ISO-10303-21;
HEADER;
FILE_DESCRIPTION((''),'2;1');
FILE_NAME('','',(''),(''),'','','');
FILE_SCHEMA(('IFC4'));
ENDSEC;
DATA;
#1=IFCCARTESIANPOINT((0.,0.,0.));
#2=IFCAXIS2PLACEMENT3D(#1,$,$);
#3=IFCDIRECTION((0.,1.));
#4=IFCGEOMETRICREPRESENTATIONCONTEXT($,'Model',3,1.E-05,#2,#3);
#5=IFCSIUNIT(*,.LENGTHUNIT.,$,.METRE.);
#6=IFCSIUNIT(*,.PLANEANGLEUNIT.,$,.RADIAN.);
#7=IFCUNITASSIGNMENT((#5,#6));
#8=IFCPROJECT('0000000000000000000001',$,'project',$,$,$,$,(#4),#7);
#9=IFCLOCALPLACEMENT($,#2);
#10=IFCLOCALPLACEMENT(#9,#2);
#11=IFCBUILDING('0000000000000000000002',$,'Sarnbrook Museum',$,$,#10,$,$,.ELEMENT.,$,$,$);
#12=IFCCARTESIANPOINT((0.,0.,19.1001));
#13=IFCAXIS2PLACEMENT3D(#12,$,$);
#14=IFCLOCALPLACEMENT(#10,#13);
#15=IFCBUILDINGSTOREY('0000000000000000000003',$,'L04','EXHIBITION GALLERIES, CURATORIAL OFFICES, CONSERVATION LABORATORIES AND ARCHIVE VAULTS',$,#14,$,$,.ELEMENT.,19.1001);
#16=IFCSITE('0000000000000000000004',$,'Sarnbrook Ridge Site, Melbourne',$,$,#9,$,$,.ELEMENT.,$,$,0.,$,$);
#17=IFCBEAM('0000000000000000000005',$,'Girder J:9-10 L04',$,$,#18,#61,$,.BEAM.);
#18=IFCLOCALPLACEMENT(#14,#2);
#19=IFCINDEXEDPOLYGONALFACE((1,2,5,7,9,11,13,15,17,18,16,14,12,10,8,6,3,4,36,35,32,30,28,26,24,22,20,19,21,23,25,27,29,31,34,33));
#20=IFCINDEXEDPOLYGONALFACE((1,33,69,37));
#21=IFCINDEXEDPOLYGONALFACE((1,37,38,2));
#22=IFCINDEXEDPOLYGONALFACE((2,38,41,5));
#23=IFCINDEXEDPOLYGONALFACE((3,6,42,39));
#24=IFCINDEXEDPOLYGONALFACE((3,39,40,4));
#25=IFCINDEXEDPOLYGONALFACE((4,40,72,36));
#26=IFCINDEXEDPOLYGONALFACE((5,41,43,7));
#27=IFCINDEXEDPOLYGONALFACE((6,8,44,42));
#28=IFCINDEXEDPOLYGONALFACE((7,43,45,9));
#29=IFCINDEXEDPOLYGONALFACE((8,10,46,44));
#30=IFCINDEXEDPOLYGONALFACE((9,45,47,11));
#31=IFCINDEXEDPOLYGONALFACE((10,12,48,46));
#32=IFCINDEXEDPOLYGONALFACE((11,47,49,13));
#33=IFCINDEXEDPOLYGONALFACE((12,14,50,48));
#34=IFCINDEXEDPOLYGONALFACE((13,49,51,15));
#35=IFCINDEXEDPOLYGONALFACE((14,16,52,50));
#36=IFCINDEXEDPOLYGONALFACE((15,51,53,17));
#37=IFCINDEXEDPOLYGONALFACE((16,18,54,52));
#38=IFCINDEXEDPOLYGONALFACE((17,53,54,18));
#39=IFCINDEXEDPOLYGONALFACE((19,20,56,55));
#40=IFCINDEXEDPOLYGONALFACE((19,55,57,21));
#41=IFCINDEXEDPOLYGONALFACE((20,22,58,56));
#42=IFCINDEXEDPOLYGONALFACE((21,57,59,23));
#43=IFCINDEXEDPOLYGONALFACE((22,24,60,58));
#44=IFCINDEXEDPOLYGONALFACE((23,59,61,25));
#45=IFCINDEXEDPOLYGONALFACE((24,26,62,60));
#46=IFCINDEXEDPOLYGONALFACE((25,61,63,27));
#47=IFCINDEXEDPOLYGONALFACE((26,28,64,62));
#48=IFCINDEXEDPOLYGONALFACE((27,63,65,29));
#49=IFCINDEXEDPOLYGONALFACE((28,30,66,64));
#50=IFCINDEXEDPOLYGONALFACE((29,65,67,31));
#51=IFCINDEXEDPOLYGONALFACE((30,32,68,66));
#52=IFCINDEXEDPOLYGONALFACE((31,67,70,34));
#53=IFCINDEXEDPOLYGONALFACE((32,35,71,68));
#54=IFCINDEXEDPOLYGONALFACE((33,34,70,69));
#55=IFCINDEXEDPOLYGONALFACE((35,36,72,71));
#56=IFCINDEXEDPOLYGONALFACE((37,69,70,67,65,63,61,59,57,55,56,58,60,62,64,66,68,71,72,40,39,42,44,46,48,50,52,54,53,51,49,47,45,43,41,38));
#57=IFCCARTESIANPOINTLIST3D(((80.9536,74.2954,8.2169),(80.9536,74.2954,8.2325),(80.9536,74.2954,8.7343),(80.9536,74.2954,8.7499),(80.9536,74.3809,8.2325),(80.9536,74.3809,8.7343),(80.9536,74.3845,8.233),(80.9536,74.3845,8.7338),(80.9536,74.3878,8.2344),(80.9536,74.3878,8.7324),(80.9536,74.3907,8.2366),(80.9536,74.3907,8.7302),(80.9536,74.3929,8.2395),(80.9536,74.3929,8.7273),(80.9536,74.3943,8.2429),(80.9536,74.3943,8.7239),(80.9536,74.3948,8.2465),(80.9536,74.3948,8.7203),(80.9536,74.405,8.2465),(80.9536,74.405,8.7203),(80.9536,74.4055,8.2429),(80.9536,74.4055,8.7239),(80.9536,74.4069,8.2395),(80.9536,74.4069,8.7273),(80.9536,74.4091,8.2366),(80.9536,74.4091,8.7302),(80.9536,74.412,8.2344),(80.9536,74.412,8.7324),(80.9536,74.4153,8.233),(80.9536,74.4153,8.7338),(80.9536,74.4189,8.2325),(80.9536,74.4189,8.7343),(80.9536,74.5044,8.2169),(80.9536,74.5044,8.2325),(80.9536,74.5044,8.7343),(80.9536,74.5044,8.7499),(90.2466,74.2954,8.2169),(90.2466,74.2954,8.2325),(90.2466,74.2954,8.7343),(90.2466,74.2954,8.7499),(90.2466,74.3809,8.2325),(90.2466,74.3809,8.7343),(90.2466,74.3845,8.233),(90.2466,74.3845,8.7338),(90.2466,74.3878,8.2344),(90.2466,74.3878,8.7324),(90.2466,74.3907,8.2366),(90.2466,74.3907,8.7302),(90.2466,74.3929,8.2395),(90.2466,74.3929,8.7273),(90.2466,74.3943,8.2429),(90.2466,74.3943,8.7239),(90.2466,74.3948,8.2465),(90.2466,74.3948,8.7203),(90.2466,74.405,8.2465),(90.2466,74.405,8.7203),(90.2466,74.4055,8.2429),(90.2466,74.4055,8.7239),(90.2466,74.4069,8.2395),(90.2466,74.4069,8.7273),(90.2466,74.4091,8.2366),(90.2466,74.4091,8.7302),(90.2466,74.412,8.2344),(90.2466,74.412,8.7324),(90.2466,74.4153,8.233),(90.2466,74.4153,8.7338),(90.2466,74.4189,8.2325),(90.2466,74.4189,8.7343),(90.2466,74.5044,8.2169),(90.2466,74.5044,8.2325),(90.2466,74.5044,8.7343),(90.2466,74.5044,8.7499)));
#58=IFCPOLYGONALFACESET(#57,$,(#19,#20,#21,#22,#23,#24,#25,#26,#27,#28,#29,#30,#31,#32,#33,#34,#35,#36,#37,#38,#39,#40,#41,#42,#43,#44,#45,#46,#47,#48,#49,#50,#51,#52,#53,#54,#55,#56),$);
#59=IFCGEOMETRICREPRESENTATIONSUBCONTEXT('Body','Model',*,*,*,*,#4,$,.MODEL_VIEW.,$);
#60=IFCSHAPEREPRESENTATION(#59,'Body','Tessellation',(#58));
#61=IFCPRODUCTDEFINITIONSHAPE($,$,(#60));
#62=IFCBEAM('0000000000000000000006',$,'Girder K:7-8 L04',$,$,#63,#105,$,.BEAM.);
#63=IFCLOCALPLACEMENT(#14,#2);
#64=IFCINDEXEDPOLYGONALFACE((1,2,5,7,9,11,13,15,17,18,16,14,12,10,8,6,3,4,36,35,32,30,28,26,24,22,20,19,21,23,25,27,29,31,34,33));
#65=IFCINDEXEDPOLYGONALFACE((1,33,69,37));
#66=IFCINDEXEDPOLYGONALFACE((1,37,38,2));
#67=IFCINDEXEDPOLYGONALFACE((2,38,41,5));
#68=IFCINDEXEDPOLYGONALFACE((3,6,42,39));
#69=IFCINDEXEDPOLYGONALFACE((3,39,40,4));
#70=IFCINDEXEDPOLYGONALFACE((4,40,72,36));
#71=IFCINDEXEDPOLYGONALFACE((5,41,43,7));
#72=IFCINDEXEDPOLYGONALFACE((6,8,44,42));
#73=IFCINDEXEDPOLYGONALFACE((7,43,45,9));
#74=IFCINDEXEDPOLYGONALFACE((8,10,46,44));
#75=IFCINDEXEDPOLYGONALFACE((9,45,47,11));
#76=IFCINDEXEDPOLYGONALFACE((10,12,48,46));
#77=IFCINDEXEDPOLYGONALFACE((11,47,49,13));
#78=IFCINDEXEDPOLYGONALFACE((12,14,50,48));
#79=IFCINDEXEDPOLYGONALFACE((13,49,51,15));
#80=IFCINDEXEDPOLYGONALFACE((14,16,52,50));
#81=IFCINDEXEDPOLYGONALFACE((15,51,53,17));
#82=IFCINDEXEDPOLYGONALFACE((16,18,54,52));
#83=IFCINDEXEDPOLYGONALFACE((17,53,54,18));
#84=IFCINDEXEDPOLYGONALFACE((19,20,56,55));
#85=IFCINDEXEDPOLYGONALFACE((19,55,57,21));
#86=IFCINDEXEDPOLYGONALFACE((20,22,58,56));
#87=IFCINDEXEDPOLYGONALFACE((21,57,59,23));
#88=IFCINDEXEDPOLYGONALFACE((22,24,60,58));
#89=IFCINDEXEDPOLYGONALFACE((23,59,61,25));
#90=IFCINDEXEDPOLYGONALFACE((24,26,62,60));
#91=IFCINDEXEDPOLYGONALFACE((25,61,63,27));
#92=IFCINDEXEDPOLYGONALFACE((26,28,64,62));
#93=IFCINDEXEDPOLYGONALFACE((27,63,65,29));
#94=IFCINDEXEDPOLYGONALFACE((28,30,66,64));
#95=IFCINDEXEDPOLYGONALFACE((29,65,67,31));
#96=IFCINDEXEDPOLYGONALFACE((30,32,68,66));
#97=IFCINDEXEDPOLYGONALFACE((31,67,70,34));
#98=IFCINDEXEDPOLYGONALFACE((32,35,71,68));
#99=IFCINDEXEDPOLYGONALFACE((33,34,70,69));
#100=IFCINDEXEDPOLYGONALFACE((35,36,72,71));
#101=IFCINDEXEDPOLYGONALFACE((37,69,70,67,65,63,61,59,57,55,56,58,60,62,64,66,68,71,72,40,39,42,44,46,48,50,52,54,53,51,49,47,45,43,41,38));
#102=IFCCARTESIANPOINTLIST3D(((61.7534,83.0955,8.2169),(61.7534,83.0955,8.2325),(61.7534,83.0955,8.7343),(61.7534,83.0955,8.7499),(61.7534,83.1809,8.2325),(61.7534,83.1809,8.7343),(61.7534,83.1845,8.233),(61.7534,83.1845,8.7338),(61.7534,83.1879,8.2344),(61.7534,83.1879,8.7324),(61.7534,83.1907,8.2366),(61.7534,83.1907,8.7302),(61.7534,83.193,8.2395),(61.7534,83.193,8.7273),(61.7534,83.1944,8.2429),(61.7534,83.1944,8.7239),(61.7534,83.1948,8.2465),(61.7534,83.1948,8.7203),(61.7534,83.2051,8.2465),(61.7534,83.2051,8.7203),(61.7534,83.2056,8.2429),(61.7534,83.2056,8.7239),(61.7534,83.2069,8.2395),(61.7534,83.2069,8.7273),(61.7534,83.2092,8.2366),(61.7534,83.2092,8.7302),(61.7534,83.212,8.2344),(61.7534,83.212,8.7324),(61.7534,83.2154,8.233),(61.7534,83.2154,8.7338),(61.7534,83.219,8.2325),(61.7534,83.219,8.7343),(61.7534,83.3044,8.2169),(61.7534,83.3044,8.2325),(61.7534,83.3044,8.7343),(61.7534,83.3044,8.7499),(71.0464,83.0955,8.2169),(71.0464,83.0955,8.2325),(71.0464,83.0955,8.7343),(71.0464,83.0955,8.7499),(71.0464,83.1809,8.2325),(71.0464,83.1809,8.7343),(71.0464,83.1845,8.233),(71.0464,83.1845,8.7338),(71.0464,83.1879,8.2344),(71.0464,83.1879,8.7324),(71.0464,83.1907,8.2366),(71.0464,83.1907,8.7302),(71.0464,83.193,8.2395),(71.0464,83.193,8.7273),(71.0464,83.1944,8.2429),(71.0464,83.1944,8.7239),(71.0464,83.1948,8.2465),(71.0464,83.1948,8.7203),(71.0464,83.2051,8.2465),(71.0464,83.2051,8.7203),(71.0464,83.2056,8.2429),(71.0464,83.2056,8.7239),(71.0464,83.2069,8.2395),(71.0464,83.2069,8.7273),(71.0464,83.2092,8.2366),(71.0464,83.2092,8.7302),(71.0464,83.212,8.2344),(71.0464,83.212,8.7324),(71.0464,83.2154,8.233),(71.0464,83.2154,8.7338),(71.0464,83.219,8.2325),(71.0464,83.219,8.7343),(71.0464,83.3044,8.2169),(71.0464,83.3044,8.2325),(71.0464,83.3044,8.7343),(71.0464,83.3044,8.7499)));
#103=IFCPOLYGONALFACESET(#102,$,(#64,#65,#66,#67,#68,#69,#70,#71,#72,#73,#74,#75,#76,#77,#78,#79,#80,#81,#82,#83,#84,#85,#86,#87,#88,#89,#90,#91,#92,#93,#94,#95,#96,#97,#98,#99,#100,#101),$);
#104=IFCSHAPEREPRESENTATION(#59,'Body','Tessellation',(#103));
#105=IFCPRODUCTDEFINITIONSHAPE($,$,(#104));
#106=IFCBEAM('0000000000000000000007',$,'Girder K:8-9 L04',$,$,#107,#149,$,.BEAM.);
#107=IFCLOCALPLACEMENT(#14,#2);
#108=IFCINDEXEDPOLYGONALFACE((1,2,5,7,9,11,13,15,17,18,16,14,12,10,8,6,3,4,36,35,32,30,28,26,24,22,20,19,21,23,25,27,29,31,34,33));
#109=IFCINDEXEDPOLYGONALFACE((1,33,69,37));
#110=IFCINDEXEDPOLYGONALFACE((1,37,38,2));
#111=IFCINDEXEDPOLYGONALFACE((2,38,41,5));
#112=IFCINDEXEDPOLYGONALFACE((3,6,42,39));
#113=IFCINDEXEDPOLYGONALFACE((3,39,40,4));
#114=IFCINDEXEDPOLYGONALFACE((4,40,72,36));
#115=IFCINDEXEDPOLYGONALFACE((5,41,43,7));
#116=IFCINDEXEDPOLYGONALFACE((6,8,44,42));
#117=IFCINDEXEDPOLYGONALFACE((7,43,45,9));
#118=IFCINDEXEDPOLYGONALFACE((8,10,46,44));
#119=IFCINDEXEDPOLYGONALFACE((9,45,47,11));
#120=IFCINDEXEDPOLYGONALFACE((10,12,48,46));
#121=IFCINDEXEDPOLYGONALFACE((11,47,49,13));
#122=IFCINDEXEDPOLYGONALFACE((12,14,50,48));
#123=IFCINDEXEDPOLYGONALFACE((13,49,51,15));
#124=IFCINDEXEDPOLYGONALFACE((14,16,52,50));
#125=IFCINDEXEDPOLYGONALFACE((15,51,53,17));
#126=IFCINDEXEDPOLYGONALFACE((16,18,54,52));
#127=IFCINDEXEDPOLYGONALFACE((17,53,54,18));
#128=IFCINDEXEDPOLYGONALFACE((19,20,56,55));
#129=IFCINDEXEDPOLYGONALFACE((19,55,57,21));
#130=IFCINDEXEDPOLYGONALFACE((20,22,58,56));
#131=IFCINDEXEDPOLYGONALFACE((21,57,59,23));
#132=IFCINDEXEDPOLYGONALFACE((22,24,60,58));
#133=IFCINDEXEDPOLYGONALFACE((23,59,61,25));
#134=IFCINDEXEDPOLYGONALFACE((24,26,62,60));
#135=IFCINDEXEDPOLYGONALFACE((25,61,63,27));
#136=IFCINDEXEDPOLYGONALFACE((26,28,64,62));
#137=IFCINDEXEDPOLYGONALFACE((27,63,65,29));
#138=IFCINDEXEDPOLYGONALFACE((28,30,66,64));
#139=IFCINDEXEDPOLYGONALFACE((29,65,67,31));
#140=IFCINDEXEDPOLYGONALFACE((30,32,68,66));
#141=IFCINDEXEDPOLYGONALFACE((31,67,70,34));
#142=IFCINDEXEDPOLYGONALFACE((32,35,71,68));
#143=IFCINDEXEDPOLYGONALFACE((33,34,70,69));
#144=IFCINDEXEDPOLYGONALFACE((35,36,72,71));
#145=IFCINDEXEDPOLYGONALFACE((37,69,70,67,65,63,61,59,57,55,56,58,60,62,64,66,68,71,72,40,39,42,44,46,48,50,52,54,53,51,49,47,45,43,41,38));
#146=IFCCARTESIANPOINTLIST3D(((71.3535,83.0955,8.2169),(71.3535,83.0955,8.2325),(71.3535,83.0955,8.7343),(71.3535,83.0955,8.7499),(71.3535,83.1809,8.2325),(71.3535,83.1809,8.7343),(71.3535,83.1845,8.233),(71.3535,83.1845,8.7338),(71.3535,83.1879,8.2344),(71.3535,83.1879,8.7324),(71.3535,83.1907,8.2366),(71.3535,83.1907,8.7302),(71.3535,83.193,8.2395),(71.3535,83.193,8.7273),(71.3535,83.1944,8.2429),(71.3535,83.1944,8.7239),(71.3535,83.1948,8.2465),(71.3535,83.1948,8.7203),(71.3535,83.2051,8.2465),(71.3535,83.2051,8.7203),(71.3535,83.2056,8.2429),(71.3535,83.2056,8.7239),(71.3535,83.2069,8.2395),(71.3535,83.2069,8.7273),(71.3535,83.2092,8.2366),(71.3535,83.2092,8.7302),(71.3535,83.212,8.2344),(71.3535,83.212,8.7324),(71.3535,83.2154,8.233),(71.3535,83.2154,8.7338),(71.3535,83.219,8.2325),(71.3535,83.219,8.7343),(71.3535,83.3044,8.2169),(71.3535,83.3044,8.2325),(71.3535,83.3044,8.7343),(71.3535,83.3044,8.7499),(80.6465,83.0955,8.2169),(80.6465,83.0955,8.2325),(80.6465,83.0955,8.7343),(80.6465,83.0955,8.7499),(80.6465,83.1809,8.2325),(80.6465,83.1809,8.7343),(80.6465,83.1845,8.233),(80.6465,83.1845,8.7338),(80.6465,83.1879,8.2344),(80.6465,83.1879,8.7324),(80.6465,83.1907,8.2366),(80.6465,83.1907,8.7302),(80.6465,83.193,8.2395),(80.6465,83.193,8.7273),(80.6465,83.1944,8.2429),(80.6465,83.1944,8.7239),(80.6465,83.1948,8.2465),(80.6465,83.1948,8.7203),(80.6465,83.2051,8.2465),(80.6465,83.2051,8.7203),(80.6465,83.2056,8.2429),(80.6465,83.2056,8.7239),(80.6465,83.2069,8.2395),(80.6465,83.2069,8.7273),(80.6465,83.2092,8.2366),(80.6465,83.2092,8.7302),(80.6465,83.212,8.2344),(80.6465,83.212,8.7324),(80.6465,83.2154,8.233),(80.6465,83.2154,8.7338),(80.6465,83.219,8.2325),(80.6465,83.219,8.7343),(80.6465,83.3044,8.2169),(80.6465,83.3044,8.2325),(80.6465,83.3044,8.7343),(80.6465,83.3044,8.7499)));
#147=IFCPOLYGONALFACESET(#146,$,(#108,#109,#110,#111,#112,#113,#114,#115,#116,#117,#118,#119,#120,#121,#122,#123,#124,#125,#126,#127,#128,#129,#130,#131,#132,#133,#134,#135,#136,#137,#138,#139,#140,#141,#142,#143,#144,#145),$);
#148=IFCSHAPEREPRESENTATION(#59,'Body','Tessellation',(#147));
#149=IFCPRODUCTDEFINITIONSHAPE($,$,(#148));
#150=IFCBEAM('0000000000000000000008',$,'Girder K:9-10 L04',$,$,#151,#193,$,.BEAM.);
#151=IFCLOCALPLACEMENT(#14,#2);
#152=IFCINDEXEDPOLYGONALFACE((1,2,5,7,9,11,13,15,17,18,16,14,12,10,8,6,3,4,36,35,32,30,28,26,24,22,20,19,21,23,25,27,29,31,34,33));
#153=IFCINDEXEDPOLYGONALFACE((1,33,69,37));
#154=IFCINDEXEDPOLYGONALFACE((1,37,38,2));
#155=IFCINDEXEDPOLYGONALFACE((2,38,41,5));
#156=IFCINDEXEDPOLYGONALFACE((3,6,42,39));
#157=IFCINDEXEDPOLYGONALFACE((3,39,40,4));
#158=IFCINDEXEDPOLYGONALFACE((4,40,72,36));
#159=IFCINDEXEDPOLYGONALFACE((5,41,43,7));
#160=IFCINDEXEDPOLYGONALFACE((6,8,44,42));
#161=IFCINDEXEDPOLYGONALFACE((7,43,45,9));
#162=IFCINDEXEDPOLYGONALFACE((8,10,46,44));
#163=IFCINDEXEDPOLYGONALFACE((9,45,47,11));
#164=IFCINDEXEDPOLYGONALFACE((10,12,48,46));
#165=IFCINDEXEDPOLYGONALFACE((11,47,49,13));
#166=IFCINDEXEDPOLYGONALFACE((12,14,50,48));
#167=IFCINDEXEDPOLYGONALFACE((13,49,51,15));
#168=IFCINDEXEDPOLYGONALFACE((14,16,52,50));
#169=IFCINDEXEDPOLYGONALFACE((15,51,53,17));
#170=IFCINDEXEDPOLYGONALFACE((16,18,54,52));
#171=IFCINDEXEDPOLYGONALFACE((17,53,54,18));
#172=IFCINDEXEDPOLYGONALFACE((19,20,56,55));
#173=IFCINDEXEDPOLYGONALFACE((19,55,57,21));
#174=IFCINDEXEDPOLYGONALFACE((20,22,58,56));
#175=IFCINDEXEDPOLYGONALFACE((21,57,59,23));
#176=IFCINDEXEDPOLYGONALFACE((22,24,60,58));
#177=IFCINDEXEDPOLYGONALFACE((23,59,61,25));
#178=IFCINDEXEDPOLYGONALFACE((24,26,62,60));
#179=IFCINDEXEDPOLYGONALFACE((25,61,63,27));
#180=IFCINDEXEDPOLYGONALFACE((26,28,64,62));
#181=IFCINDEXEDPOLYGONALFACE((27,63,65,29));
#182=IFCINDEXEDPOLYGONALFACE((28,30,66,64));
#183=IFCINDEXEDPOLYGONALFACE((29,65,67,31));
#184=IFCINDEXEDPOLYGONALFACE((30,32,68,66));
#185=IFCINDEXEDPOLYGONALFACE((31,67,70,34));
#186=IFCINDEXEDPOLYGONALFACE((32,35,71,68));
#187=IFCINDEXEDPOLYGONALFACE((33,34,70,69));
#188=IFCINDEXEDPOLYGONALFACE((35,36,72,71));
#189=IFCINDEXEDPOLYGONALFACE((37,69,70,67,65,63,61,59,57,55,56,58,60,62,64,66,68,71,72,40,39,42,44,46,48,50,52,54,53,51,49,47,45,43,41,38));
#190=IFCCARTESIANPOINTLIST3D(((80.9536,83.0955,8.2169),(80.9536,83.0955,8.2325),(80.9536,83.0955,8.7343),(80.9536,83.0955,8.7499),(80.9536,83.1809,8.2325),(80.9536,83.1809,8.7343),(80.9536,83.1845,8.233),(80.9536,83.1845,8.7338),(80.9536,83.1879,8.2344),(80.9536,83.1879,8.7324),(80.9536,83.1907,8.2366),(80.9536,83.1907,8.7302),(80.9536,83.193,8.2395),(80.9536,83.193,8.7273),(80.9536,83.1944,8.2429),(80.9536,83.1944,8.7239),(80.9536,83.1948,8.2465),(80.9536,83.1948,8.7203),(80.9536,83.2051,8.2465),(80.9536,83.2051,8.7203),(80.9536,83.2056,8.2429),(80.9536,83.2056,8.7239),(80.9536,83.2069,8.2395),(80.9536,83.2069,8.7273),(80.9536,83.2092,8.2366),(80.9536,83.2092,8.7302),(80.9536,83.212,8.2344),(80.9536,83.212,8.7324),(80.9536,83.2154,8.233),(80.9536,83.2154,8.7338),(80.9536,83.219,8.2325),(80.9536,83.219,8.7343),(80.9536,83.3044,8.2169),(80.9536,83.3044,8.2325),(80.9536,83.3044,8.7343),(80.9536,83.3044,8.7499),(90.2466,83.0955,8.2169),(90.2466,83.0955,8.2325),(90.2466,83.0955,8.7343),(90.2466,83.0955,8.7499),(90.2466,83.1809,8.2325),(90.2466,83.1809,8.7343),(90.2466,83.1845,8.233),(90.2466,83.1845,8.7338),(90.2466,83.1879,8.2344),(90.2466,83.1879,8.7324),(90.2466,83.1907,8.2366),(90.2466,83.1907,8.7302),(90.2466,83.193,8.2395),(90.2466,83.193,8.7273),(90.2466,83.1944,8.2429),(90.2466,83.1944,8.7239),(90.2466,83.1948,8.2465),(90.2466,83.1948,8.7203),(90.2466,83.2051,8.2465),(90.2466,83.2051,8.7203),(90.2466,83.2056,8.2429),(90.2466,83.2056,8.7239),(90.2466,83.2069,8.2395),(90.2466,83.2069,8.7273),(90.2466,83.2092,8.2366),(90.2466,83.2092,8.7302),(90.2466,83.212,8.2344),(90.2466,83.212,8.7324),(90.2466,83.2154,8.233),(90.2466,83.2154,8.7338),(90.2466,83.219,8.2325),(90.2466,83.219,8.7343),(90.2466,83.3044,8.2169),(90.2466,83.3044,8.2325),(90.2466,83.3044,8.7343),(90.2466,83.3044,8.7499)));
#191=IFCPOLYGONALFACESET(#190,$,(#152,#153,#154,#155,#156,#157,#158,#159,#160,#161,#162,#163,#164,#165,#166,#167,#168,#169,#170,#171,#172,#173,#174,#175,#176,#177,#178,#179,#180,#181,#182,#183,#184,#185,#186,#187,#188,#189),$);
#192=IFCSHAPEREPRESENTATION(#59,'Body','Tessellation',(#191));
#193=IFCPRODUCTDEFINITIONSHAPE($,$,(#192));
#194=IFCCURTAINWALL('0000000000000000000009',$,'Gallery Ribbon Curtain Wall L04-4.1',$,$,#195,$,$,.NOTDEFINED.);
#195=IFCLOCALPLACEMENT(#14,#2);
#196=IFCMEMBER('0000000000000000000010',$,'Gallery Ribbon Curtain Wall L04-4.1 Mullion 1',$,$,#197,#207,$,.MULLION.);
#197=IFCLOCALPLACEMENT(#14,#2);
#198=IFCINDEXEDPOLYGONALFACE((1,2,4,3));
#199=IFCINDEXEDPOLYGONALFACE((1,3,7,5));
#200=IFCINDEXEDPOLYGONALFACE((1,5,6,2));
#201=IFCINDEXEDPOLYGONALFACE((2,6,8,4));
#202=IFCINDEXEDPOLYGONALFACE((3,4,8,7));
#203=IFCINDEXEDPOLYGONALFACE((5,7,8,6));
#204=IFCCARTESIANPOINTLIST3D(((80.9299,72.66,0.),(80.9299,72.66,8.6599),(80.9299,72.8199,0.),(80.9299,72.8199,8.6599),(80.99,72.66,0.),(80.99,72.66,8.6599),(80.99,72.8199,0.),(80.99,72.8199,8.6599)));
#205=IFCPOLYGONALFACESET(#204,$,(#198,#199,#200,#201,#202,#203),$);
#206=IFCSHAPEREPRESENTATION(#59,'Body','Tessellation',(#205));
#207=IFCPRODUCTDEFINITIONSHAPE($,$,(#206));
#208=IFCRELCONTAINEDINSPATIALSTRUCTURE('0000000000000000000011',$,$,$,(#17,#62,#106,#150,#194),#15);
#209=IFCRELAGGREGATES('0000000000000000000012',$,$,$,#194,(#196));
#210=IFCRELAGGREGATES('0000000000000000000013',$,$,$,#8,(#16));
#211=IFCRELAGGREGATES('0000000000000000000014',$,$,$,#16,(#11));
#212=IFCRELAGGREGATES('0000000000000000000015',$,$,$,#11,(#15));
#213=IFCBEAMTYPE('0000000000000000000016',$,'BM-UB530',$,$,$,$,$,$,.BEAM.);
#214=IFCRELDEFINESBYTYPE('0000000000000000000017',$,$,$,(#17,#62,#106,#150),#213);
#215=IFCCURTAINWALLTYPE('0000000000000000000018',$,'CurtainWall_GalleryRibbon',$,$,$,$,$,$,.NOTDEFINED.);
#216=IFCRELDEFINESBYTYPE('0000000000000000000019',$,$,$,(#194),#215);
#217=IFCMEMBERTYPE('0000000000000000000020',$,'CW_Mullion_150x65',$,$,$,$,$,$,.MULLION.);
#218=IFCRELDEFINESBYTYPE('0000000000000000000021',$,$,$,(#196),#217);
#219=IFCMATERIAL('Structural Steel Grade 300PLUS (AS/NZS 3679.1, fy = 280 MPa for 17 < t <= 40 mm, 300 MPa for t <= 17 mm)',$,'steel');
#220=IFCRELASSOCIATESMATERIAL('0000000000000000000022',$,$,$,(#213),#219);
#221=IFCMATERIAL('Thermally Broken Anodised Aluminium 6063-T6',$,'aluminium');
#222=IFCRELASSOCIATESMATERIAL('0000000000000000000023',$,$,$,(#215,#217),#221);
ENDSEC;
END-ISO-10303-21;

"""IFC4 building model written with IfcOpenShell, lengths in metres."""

from ifc_helpers import new_model, si_unit, direction, frame, origin, origin_2d, place, context, subcontext, project, spatial, rectangle, i_section, extrude, material, material_profile, profile_set, type_object, element, aggregate, save


model = new_model("IFC4")

# Units and contexts
model_context = context("Model", 3, precision=1e-05, world=origin(), true_north=direction((0.0, 1.0)))
body_context = subcontext(model_context, "Body", "Model", "MODEL_VIEW")
ifc_project = project(units=[si_unit("LENGTHUNIT", "METRE"), si_unit("PLANEANGLEUNIT", "RADIAN")], contexts=[model_context])

# Site, building, storey
site_placement = place(None, origin())
site = spatial("IfcSite", under=ifc_project, at=site_placement, Name="Sarnbrook Ridge Site, Melbourne", CompositionType="ELEMENT", RefElevation=0.0)
building_placement = place(site_placement, origin())
building = spatial("IfcBuilding", under=site, at=building_placement, Name="Sarnbrook Museum", CompositionType="ELEMENT")
storey_placement = place(building_placement, frame((0.0, 0.0, 19.1001)))
storey = spatial("IfcBuildingStorey", under=building, at=storey_placement, Name="L04", Description="EXHIBITION GALLERIES, CURATORIAL OFFICES, CONSERVATION LABORATORIES AND ARCHIVE VAULTS", CompositionType="ELEMENT", Elevation=19.1001)

# Shared definitions
ifc_material_1 = material(Name="Structural Steel Grade 300PLUS (AS/NZS 3679.1, fy = 280 MPa for 17 < t <= 40 mm, 300 MPa for t <= 17 mm)", Category="steel")

# Beams
ifc_material_profile_1 = material_profile(ifc_material_1, i_section(OverallWidth=0.209, OverallDepth=0.533, WebThickness=0.0103, FlangeThickness=0.0156, FilletRadius=0.0139, at=origin_2d()), Name="530UB92.4")
ifc_profile_set_1 = profile_set([ifc_material_profile_1], Name="Structural Steel Grade 300PLUS (AS/NZS 3679.1, fy = 280 MPa for 17 < t <= 40 mm, 300 MPa for t <= 17 mm)")
beam_type_1 = type_object("IfcBeamType", Name="BM-UB530", PredefinedType="BEAM", material=ifc_profile_set_1)
for number, where, z_axis, x_axis, name in (
    (1, (80.9536, 74.3999, 8.4834), (1.0, 0.0, 0.0), (0.0, 1.0, 0.0), "Girder J:9-10 L04"),
    (2, (61.7534, 83.2, 8.4834), (1.0, 0.0, 0.0), (0.0, 1.0, 0.0), "Girder K:7-8 L04"),
    (3, (71.3535, 83.2, 8.4834), (1.0, 0.0, 0.0), (0.0, 1.0, 0.0), "Girder K:8-9 L04"),
    (4, (80.9536, 83.2, 8.4834), (1.0, 0.0, 0.0), (0.0, 1.0, 0.0), "Girder K:9-10 L04"),
):
    element("IfcBeam", number, at=place(storey_placement, frame(where, z_axis=z_axis, x_axis=x_axis)), inside=storey, type_object=beam_type_1, Name=name, PredefinedType="BEAM", context=body_context, shape_type="SweptSolid", body=[
        extrude(i_section(OverallWidth=0.209, OverallDepth=0.533, WebThickness=0.0103, FlangeThickness=0.0156, FilletRadius=0.0139, at=origin_2d()), origin(), (0.0, 0.0, 1.0), 9.293),
    ])

# Curtain wall, member
ifc_material_2 = material(Name="Thermally Broken Anodised Aluminium 6063-T6", Category="aluminium")
curtain_wall_type = type_object("IfcCurtainWallType", Name="CurtainWall_GalleryRibbon", PredefinedType="NOTDEFINED", material=ifc_material_2)
curtain_wall_placement = place(storey_placement, origin())
curtain_wall = element("IfcCurtainWall", 5, at=curtain_wall_placement, inside=storey, type_object=curtain_wall_type, Name="Gallery Ribbon Curtain Wall L04-4.1", PredefinedType="NOTDEFINED")
ifc_material_profile_2 = material_profile(ifc_material_2, rectangle(XDim=0.0601, YDim=0.1599, at=origin_2d()), Name="ALU MULLION 60x160")
ifc_profile_set_2 = profile_set([ifc_material_profile_2], Name="Thermally Broken Anodised Aluminium 6063-T6")
member_type_1 = type_object("IfcMemberType", Name="CW_Mullion_150x65", PredefinedType="MULLION", material=ifc_profile_set_2)
member_1_placement = place(storey_placement, frame((80.96, 72.74, 0.0), z_axis=(0.0, 0.0, 1.0), x_axis=(1.0, 0.0, 0.0)))
member_1 = element("IfcMember", 6, at=member_1_placement, type_object=member_type_1, Name="Gallery Ribbon Curtain Wall L04-4.1 Mullion 1", PredefinedType="MULLION", context=body_context, shape_type="SweptSolid", body=[
    extrude(rectangle(XDim=0.0601, YDim=0.1599, at=origin_2d()), origin(), (0.0, 0.0, 1.0), 8.6599),
])
aggregate(curtain_wall, [member_1])

save(model, "model.ifc")
